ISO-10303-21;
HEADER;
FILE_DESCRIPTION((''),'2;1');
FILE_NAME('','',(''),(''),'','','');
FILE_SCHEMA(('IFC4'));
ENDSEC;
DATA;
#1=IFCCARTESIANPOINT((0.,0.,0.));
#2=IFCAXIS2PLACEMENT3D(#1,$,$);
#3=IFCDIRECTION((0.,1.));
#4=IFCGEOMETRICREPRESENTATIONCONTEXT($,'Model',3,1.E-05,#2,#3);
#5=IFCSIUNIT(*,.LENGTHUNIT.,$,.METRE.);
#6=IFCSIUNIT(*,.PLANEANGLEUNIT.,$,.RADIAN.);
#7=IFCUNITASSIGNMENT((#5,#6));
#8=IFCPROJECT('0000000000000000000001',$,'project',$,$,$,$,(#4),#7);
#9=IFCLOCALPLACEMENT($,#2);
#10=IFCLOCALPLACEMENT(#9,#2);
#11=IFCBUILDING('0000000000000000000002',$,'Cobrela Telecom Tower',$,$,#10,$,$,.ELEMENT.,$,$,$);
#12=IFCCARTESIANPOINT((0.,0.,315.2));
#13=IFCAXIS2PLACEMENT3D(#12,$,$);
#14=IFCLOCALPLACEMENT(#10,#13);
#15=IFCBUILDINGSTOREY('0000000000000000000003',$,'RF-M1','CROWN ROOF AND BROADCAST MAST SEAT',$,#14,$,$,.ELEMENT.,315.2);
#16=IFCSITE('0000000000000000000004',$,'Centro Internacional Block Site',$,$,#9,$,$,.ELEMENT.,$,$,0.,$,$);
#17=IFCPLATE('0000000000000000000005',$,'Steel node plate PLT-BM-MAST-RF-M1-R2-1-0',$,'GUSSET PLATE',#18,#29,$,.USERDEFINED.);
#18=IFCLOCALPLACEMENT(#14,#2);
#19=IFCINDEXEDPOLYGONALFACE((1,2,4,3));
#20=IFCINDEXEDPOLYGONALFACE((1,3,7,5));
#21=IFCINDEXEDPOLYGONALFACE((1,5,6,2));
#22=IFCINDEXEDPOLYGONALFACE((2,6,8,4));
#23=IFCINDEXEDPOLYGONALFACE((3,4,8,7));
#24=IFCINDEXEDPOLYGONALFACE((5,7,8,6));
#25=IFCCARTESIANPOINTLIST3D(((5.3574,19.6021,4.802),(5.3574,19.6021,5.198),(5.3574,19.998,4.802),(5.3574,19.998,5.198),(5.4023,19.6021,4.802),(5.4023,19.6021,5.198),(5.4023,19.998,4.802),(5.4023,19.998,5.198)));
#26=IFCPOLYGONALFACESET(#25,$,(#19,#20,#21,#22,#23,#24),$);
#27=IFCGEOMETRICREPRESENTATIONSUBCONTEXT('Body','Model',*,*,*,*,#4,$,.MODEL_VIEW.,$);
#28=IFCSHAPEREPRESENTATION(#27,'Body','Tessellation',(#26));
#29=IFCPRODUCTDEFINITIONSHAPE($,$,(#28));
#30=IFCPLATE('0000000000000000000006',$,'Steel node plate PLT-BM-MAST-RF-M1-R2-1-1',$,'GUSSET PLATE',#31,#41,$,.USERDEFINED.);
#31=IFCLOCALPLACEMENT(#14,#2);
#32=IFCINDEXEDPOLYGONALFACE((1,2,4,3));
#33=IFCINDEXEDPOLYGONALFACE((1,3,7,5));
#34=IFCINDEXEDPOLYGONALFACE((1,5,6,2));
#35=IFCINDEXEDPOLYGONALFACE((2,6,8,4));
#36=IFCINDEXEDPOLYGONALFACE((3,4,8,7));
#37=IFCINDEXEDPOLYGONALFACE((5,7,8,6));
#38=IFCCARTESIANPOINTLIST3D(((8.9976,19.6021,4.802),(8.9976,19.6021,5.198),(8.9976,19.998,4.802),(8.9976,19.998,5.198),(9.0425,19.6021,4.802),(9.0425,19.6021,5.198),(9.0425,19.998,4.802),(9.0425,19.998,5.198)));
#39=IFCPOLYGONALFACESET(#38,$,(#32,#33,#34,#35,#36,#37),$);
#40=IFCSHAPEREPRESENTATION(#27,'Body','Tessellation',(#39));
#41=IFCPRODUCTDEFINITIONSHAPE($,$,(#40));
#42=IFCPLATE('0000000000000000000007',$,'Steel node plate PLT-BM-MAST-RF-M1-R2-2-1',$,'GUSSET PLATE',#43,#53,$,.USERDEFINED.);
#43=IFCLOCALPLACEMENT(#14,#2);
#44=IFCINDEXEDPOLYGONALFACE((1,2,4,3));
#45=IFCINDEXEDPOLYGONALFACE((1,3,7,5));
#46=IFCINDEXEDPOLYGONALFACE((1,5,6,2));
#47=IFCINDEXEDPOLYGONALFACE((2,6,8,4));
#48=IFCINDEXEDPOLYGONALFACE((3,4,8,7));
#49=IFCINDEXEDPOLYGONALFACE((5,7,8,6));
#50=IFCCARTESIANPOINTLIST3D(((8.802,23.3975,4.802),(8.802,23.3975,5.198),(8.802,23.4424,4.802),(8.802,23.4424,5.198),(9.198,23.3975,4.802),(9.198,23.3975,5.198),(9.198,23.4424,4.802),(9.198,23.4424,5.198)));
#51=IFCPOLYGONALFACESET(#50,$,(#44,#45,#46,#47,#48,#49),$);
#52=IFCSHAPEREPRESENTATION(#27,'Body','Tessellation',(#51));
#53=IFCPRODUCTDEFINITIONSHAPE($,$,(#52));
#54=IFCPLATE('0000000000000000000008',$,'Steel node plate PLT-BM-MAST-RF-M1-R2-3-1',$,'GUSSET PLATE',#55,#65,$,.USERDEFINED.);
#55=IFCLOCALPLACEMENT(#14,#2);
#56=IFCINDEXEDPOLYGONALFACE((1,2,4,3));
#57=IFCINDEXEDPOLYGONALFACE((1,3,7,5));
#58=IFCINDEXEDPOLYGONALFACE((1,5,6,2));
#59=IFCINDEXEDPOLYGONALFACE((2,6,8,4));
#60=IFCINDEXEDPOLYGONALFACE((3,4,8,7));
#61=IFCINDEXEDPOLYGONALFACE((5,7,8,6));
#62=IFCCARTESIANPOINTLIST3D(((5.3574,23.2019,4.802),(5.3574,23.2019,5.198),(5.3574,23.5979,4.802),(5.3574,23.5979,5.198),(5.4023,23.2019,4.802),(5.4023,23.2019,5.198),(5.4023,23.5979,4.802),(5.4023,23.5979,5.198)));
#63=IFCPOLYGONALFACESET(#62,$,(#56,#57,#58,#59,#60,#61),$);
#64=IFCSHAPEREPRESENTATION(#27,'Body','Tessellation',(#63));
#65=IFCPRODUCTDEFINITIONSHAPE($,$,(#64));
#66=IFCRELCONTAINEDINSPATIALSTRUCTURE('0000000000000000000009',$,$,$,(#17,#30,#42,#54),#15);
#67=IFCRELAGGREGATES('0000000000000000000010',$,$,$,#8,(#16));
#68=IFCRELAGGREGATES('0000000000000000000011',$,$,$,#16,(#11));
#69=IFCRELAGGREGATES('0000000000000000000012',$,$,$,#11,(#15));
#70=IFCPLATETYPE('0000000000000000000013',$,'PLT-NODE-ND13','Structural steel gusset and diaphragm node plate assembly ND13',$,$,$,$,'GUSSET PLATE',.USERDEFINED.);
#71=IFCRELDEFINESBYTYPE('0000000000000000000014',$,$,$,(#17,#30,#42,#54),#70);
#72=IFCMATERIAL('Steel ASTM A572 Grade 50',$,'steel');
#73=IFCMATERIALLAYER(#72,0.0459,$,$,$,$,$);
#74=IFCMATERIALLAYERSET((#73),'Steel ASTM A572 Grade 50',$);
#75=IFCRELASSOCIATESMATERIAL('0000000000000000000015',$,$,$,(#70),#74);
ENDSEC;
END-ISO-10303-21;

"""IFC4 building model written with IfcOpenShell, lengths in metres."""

from ifc_helpers import new_model, si_unit, direction, frame, origin, origin_2d, place, context, subcontext, project, spatial, rectangle, extrude, material, layer, layer_set, type_object, element, save


model = new_model("IFC4")

# Units and contexts
model_context = context("Model", 3, precision=1e-05, world=origin(), true_north=direction((0.0, 1.0)))
body_context = subcontext(model_context, "Body", "Model", "MODEL_VIEW")
ifc_project = project(units=[si_unit("LENGTHUNIT", "METRE"), si_unit("PLANEANGLEUNIT", "RADIAN")], contexts=[model_context])

# Site, building, storey
site_placement = place(None, origin())
site = spatial("IfcSite", under=ifc_project, at=site_placement, Name="Centro Internacional Block Site", CompositionType="ELEMENT", RefElevation=0.0)
building_placement = place(site_placement, origin())
building = spatial("IfcBuilding", under=site, at=building_placement, Name="Cobrela Telecom Tower", CompositionType="ELEMENT")
storey_placement = place(building_placement, frame((0.0, 0.0, 315.2)))
storey = spatial("IfcBuildingStorey", under=building, at=storey_placement, Name="RF-M1", Description="CROWN ROOF AND BROADCAST MAST SEAT", CompositionType="ELEMENT", Elevation=315.2)

# Shared definitions
ifc_material = material(Name="Steel ASTM A572 Grade 50", Category="steel")

# Plates
ifc_layer = layer(ifc_material, 0.0459)
ifc_layer_set = layer_set([ifc_layer], Name="Steel ASTM A572 Grade 50")
plate_type = type_object("IfcPlateType", Name="PLT-NODE-ND13", Description="Structural steel gusset and diaphragm node plate assembly ND13", ElementType="GUSSET PLATE", PredefinedType="USERDEFINED", material=ifc_layer_set)
for number, where, z_axis, x_axis, name in (
    (1, (5.3799, 19.8, 4.802), (0.0, 0.0, 1.0), (1.0, 0.0, 0.0), "Steel node plate PLT-BM-MAST-RF-M1-R2-1-0"),
    (2, (9.02, 19.8, 4.802), (0.0, 0.0, 1.0), (1.0, 0.0, 0.0), "Steel node plate PLT-BM-MAST-RF-M1-R2-1-1"),
    (3, (9.0, 23.4199, 4.802), (0.0, 0.0, 1.0), (0.0, 1.0, 0.0), "Steel node plate PLT-BM-MAST-RF-M1-R2-2-1"),
    (4, (5.3799, 23.3999, 4.802), (0.0, 0.0, 1.0), (-1.0, 0.0, 0.0), "Steel node plate PLT-BM-MAST-RF-M1-R2-3-1"),
):
    element("IfcPlate", number, at=place(storey_placement, frame(where, z_axis=z_axis, x_axis=x_axis)), inside=storey, type_object=plate_type, Name=name, ObjectType="GUSSET PLATE", PredefinedType="USERDEFINED", context=body_context, shape_type="SweptSolid", body=[
        extrude(rectangle(XDim=0.0449, YDim=0.396, at=origin_2d()), origin(), (0.0, 0.0, 1.0), 0.396),
    ])

save(model, "model.ifc")
